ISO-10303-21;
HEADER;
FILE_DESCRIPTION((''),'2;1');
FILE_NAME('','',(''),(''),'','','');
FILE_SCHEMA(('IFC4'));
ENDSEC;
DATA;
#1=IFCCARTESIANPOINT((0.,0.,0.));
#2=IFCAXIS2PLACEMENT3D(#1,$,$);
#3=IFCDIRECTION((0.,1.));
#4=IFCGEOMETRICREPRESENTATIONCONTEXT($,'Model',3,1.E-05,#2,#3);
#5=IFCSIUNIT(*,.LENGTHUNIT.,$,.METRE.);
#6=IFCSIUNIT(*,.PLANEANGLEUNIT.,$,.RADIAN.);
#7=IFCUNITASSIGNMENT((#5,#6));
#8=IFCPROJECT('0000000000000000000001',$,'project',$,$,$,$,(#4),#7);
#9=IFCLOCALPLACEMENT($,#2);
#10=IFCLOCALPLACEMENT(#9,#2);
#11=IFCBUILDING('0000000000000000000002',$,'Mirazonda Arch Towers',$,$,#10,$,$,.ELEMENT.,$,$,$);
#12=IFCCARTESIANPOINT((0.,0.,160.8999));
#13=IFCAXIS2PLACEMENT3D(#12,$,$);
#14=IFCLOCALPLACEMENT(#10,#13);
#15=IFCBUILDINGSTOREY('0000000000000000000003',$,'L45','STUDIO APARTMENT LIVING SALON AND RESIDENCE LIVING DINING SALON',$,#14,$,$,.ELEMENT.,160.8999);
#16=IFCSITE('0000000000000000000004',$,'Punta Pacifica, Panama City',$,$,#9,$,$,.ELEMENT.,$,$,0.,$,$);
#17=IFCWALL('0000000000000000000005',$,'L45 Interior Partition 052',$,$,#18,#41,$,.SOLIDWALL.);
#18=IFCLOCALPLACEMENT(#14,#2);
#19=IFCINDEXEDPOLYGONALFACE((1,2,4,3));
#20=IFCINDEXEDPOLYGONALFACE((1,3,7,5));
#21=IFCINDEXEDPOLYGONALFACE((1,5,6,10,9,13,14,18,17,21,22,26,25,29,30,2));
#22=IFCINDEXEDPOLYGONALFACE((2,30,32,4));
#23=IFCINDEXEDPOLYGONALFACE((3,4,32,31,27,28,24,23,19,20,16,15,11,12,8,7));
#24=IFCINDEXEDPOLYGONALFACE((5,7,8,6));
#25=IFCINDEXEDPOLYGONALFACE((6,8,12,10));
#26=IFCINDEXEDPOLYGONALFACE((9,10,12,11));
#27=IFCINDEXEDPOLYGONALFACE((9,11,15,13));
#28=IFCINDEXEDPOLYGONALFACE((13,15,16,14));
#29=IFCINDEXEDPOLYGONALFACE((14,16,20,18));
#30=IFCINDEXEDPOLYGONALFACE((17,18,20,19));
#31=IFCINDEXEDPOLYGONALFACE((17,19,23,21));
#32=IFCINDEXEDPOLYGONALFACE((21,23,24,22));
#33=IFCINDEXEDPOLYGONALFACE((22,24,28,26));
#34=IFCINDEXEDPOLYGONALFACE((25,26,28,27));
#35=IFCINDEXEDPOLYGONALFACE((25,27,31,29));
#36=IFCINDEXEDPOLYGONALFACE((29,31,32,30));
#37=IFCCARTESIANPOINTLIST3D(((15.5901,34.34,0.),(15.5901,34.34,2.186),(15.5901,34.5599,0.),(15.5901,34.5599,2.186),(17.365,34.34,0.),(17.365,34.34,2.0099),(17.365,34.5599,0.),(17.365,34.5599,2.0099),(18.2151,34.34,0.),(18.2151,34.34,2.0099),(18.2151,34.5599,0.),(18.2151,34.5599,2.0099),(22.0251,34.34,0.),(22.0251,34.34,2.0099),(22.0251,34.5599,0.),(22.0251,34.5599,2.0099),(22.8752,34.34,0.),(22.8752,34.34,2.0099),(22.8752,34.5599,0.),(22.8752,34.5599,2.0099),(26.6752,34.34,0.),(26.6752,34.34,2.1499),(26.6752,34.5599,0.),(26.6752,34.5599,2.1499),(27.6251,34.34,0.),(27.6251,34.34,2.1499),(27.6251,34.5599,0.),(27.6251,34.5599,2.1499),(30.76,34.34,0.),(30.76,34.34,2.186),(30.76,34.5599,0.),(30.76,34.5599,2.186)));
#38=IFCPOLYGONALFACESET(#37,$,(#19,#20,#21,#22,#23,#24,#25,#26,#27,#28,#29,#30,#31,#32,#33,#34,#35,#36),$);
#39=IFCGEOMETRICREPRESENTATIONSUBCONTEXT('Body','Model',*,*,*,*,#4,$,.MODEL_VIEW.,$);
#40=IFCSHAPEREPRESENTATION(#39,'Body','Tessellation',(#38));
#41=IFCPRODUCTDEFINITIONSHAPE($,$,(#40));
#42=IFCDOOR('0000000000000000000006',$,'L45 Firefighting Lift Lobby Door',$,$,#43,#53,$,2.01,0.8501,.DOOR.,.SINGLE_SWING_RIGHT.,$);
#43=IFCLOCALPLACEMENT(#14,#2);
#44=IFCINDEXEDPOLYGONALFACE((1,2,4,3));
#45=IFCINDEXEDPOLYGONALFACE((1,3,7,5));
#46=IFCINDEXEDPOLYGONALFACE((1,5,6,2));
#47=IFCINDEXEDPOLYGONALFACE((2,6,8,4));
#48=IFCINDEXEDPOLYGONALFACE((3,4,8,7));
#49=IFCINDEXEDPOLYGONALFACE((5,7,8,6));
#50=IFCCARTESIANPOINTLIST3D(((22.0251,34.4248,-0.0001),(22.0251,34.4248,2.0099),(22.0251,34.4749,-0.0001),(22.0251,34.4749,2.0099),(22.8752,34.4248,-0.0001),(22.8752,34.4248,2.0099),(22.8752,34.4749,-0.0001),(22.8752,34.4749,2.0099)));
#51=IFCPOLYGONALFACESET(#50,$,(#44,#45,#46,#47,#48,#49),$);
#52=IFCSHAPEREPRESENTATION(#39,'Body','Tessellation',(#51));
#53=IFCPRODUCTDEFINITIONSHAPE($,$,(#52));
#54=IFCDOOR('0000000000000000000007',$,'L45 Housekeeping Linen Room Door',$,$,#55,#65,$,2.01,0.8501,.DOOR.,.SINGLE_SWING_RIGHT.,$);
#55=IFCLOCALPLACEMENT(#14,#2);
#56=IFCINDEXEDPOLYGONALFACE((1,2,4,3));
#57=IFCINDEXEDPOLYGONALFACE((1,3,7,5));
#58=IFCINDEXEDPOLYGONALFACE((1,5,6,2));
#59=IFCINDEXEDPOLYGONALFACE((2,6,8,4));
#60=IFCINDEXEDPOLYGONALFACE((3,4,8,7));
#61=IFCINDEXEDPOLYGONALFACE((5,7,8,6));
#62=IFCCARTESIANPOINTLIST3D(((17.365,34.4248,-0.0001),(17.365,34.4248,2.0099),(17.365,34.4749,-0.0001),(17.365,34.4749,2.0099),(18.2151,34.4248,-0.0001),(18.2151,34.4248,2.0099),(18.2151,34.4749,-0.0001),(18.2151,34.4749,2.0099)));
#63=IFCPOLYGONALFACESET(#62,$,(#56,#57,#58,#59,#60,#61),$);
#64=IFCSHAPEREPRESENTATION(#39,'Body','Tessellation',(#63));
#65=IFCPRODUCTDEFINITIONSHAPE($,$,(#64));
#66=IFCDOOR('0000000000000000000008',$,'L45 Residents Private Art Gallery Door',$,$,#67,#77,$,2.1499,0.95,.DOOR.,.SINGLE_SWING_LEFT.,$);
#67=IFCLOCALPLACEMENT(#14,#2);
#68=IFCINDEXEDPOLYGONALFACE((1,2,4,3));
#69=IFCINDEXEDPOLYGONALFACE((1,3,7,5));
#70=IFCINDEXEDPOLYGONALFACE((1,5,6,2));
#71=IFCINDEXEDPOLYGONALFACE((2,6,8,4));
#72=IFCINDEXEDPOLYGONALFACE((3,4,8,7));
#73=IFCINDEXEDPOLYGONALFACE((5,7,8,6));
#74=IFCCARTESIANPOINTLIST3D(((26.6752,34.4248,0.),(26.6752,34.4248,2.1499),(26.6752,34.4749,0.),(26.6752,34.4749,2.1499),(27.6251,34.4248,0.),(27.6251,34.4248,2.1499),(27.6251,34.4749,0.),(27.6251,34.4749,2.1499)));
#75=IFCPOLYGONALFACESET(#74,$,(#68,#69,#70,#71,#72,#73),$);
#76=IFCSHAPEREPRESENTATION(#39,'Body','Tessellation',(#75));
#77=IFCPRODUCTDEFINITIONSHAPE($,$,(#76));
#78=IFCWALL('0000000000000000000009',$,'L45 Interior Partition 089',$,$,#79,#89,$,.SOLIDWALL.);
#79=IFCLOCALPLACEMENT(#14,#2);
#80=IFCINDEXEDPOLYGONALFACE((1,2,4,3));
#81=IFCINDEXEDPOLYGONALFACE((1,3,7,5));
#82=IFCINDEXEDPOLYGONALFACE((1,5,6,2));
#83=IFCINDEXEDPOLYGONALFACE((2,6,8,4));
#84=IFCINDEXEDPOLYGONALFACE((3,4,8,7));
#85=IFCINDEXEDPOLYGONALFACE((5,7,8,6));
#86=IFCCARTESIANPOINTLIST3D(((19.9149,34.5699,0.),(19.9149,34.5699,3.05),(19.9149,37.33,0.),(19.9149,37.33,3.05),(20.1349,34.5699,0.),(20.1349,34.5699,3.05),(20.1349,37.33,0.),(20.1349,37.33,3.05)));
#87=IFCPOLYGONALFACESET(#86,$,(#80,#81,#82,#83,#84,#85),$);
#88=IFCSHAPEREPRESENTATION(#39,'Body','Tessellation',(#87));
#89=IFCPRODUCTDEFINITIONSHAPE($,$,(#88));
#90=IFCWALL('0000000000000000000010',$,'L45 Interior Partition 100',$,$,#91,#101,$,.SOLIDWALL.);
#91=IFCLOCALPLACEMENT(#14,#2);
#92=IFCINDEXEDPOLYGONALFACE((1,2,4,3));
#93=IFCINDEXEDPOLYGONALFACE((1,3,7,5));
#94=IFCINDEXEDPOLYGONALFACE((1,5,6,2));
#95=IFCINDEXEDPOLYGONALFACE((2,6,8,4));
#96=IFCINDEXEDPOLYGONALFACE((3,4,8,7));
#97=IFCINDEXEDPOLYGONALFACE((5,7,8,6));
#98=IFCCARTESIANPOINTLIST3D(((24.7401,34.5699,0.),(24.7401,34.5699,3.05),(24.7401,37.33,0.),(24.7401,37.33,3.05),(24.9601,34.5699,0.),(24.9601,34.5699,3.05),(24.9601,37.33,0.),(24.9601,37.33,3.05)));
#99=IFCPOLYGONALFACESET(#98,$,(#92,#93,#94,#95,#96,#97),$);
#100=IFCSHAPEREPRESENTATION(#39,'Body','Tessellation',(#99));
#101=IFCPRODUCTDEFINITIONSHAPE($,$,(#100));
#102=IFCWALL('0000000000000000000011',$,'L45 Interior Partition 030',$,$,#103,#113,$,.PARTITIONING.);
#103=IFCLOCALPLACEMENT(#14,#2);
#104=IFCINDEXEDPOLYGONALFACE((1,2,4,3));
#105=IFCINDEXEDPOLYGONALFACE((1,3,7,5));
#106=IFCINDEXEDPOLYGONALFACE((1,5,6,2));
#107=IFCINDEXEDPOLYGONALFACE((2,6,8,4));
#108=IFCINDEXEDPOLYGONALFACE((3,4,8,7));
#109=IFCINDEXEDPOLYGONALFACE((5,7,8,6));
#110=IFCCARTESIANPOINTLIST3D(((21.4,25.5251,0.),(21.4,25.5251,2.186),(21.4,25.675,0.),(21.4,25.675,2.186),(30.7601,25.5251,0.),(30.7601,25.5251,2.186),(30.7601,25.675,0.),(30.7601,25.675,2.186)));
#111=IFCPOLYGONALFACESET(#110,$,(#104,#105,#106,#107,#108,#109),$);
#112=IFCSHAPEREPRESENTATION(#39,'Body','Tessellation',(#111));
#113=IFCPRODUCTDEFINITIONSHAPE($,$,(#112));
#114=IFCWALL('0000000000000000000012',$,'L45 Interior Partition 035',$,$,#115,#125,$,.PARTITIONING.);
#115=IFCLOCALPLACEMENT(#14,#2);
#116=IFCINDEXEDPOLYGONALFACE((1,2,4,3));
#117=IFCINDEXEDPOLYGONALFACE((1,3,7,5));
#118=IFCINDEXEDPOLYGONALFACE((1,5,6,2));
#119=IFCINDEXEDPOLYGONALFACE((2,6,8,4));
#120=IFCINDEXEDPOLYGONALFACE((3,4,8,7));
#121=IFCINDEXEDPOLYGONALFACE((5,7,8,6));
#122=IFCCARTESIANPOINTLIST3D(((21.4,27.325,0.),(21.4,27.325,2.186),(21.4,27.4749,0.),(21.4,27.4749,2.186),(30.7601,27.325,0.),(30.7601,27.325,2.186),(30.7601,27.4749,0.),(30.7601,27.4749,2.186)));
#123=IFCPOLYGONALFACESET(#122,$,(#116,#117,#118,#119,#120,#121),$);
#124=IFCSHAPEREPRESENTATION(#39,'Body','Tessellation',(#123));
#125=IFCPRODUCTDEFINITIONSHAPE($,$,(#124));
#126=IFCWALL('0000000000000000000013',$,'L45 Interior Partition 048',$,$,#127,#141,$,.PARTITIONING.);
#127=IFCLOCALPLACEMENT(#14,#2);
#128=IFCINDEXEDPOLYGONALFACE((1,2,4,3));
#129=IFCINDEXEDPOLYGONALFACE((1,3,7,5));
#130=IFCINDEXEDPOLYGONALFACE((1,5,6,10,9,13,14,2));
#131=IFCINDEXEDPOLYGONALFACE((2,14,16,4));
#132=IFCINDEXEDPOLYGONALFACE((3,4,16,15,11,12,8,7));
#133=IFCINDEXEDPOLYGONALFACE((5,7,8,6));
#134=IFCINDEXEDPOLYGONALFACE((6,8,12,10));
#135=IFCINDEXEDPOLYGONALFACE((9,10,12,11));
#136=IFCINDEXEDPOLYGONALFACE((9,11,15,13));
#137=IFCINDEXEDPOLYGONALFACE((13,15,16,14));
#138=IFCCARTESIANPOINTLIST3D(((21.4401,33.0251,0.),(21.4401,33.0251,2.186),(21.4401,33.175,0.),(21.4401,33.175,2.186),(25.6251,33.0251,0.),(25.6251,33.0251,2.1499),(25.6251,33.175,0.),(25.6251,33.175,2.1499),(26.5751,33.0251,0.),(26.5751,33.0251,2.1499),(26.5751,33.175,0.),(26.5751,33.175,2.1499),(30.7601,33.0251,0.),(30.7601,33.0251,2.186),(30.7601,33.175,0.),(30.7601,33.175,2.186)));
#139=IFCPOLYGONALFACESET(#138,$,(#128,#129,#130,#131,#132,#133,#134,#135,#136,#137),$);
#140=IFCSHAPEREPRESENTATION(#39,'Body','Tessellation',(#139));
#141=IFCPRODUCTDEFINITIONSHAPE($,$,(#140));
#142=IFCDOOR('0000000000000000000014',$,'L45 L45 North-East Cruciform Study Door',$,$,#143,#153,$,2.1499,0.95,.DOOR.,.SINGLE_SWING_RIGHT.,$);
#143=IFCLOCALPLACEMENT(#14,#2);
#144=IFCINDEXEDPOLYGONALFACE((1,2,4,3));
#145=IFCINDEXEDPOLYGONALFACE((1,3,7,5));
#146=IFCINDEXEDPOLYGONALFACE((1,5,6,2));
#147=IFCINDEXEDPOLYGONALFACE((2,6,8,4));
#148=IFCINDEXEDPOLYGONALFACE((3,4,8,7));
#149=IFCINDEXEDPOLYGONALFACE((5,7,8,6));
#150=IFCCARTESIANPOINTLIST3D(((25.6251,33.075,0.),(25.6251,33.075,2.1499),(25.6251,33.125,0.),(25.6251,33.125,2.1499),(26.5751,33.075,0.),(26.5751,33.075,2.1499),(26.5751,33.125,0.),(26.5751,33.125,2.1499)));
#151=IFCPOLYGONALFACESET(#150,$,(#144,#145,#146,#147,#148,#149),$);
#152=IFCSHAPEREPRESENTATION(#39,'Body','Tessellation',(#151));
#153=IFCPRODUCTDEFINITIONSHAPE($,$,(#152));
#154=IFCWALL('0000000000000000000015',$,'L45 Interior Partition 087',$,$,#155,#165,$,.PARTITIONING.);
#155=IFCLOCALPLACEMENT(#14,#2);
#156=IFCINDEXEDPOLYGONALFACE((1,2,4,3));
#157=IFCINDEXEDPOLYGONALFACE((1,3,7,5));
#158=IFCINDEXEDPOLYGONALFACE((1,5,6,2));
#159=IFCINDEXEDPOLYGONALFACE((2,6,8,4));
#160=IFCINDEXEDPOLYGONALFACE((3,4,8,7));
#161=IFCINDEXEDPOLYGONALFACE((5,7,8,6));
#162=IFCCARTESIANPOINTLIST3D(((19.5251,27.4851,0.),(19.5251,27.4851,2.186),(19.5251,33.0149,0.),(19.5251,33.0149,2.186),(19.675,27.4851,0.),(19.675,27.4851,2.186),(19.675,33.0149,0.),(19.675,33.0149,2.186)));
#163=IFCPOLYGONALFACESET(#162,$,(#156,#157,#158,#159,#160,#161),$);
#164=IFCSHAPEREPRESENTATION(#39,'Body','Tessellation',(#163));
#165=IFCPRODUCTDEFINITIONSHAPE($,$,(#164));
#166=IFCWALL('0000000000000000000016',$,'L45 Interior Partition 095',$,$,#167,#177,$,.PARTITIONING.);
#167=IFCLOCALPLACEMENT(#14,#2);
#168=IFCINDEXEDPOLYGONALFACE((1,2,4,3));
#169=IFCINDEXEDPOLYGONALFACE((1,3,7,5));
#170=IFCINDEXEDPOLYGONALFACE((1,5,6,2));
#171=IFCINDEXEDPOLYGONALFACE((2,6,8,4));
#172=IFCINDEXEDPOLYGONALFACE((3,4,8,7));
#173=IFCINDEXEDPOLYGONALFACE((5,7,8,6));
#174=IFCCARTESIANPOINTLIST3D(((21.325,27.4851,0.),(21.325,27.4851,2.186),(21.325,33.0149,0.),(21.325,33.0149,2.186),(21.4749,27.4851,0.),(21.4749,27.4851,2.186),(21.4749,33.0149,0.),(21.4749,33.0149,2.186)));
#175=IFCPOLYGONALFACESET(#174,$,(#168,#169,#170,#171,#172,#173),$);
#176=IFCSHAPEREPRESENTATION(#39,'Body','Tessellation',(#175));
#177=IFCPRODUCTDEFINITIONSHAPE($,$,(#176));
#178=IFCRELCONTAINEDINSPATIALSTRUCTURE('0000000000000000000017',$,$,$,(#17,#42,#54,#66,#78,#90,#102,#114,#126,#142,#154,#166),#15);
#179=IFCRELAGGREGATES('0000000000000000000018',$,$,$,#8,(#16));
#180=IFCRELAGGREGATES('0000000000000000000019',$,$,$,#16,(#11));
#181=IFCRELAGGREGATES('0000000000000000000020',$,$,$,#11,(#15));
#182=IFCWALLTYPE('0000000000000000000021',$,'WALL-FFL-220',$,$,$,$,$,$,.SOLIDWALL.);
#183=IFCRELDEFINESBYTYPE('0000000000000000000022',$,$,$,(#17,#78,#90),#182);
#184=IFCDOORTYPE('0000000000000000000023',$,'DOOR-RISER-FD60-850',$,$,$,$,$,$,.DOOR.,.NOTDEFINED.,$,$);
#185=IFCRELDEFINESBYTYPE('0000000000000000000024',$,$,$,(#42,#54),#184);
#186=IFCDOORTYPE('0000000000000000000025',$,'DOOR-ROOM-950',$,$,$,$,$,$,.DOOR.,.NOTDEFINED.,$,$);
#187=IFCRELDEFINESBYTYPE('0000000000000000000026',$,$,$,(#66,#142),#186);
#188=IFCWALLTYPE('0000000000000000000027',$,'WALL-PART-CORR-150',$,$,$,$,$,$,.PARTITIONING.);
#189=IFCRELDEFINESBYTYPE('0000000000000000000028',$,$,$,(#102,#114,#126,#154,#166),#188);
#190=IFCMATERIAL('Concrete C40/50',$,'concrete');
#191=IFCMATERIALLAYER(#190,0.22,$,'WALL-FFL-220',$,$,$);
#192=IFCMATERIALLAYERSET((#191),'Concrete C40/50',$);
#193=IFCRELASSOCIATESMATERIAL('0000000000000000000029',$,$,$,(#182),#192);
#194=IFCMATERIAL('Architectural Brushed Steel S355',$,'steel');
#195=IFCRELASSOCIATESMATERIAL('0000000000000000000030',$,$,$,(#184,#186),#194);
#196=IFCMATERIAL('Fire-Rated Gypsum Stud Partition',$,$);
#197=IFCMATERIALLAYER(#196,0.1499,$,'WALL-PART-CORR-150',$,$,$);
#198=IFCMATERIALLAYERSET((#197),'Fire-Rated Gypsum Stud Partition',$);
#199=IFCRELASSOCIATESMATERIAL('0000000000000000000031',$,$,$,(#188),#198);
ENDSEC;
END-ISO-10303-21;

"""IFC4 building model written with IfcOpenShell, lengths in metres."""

from ifc_helpers import new_model, si_unit, direction, frame, frame_2d, origin, place, context, subcontext, project, spatial, rectangle, extrude, material, layer, layer_set, type_object, element, fill, save


model = new_model("IFC4")

# Units and contexts
model_context = context("Model", 3, precision=1e-05, world=origin(), true_north=direction((0.0, 1.0)))
body_context = subcontext(model_context, "Body", "Model", "MODEL_VIEW")
ifc_project = project(units=[si_unit("LENGTHUNIT", "METRE"), si_unit("PLANEANGLEUNIT", "RADIAN")], contexts=[model_context])

# Site, building, storey
site_placement = place(None, origin())
site = spatial("IfcSite", under=ifc_project, at=site_placement, Name="Punta Pacifica, Panama City", CompositionType="ELEMENT", RefElevation=0.0)
building_placement = place(site_placement, origin())
building = spatial("IfcBuilding", under=site, at=building_placement, Name="Mirazonda Arch Towers", CompositionType="ELEMENT")
storey_placement = place(building_placement, frame((0.0, 0.0, 160.8999)))
storey = spatial("IfcBuildingStorey", under=building, at=storey_placement, Name="L45", Description="STUDIO APARTMENT LIVING SALON AND RESIDENCE LIVING DINING SALON", CompositionType="ELEMENT", Elevation=160.8999)

# Wall, openings, doors
ifc_material_1 = material(Name="Concrete C40/50", Category="concrete")
ifc_layer_1 = layer(ifc_material_1, 0.22, Name="WALL-FFL-220")
ifc_layer_set_1 = layer_set([ifc_layer_1], Name="Concrete C40/50")
wall_type_1 = type_object("IfcWallType", Name="WALL-FFL-220", PredefinedType="SOLIDWALL", material=ifc_layer_set_1)
wall_1_placement = place(storey_placement, frame((15.5901, 34.45, 0.0), z_axis=(0.0, 0.0, 1.0), x_axis=(1.0, 0.0, 0.0)))
wall_1 = element("IfcWall", 1, at=wall_1_placement, inside=storey, type_object=wall_type_1, Name="L45 Interior Partition 052", PredefinedType="SOLIDWALL", context=body_context, shape_type="SweptSolid", body=[
    extrude(rectangle(XDim=15.1699, YDim=0.22, at=frame_2d((7.585, 0.0))), origin(), (0.0, 0.0, 1.0), 2.186),
])
opening_1_placement = place(wall_1_placement, frame((6.4351, 0.0, 0.0)))
opening_1 = element("IfcOpeningElement", 2, at=opening_1_placement, cuts=wall_1, PredefinedType="OPENING", context=body_context, shape_type="SweptSolid", body=[
    extrude(rectangle(XDim=0.8501, YDim=2.01, at=frame_2d((0.425, 1.0049))), frame((0.0, 0.1199, 0.0), z_axis=(0.0, -1.0, 0.0), x_axis=(1.0, 0.0, 0.0)), (0.0, 0.0, 1.0), 0.24),
])
opening_2_placement = place(wall_1_placement, frame((11.085, 0.0, 0.0)))
opening_2 = element("IfcOpeningElement", 3, at=opening_2_placement, cuts=wall_1, PredefinedType="OPENING", context=body_context, shape_type="SweptSolid", body=[
    extrude(rectangle(XDim=0.95, YDim=2.1499, at=frame_2d((0.4751, 1.075))), frame((0.0, 0.1199, 0.0), z_axis=(0.0, -1.0, 0.0), x_axis=(1.0, 0.0, 0.0)), (0.0, 0.0, 1.0), 0.24),
])
opening_3_placement = place(wall_1_placement, frame((1.7749, 0.0, 0.0)))
opening_3 = element("IfcOpeningElement", 4, at=opening_3_placement, cuts=wall_1, PredefinedType="OPENING", context=body_context, shape_type="SweptSolid", body=[
    extrude(rectangle(XDim=0.8501, YDim=2.01, at=frame_2d((0.425, 1.0049))), frame((0.0, 0.1199, 0.0), z_axis=(0.0, -1.0, 0.0), x_axis=(1.0, 0.0, 0.0)), (0.0, 0.0, 1.0), 0.24),
])
ifc_material_2 = material(Name="Architectural Brushed Steel S355", Category="steel")
door_type_1 = type_object("IfcDoorType", Name="DOOR-RISER-FD60-850", OperationType="NOTDEFINED", PredefinedType="DOOR", material=ifc_material_2)
door_1_placement = place(opening_1_placement, origin())
door_1 = element("IfcDoor", 5, at=door_1_placement, inside=storey, type_object=door_type_1, Name="L45 Firefighting Lift Lobby Door", OperationType="SINGLE_SWING_RIGHT", OverallHeight=2.01, OverallWidth=0.8501, PredefinedType="DOOR", context=body_context, shape_type="SweptSolid", body=[
    extrude(rectangle(XDim=0.8501, YDim=2.01, at=frame_2d((0.425, 1.0049))), frame((0.0, 0.0249, 0.0), z_axis=(0.0, -1.0, 0.0), x_axis=(1.0, 0.0, 0.0)), (0.0, 0.0, 1.0), 0.05),
])
fill(opening_1, door_1)
door_2_placement = place(opening_3_placement, origin())
door_2 = element("IfcDoor", 6, at=door_2_placement, inside=storey, type_object=door_type_1, Name="L45 Housekeeping Linen Room Door", OperationType="SINGLE_SWING_RIGHT", OverallHeight=2.01, OverallWidth=0.8501, PredefinedType="DOOR", context=body_context, shape_type="SweptSolid", body=[
    extrude(rectangle(XDim=0.8501, YDim=2.01, at=frame_2d((0.425, 1.0049))), frame((0.0, 0.0249, 0.0), z_axis=(0.0, -1.0, 0.0), x_axis=(1.0, 0.0, 0.0)), (0.0, 0.0, 1.0), 0.05),
])
fill(opening_3, door_2)
door_type_2 = type_object("IfcDoorType", Name="DOOR-ROOM-950", OperationType="NOTDEFINED", PredefinedType="DOOR", material=ifc_material_2)
door_3_placement = place(opening_2_placement, origin())
door_3 = element("IfcDoor", 7, at=door_3_placement, inside=storey, type_object=door_type_2, Name="L45 Residents Private Art Gallery Door", OperationType="SINGLE_SWING_LEFT", OverallHeight=2.1499, OverallWidth=0.95, PredefinedType="DOOR", context=body_context, shape_type="SweptSolid", body=[
    extrude(rectangle(XDim=0.95, YDim=2.1499, at=frame_2d((0.4751, 1.075))), frame((0.0, 0.0249, 0.0), z_axis=(0.0, -1.0, 0.0), x_axis=(1.0, 0.0, 0.0)), (0.0, 0.0, 1.0), 0.05),
])
fill(opening_2, door_3)

# Walls
for number, where, z_axis, x_axis, name in (
    (8, (20.0249, 34.5701, 0.0), (0.0, 0.0, 1.0), (0.0, 1.0, 0.0), "L45 Interior Partition 089"),
    (9, (24.8501, 34.5701, 0.0), (0.0, 0.0, 1.0), (0.0, 1.0, 0.0), "L45 Interior Partition 100"),
):
    element("IfcWall", number, at=place(storey_placement, frame(where, z_axis=z_axis, x_axis=x_axis)), inside=storey, type_object=wall_type_1, Name=name, PredefinedType="SOLIDWALL", context=body_context, shape_type="SweptSolid", body=[
        extrude(rectangle(XDim=2.76, YDim=0.22, at=frame_2d((1.3799, 0.0))), origin(), (0.0, 0.0, 1.0), 3.05),
    ])
ifc_material_3 = material(Name="Fire-Rated Gypsum Stud Partition")
ifc_layer_2 = layer(ifc_material_3, 0.1499, Name="WALL-PART-CORR-150")
ifc_layer_set_2 = layer_set([ifc_layer_2], Name="Fire-Rated Gypsum Stud Partition")
wall_type_2 = type_object("IfcWallType", Name="WALL-PART-CORR-150", PredefinedType="PARTITIONING", material=ifc_layer_set_2)
for number, where, z_axis, x_axis, name in (
    (10, (21.3999, 25.6001, 0.0), (0.0, 0.0, 1.0), (1.0, 0.0, 0.0), "L45 Interior Partition 030"),
    (11, (21.3999, 27.3999, 0.0), (0.0, 0.0, 1.0), (1.0, 0.0, 0.0), "L45 Interior Partition 035"),
):
    element("IfcWall", number, at=place(storey_placement, frame(where, z_axis=z_axis, x_axis=x_axis)), inside=storey, type_object=wall_type_2, Name=name, PredefinedType="PARTITIONING", context=body_context, shape_type="SweptSolid", body=[
        extrude(rectangle(XDim=9.3601, YDim=0.1499, at=frame_2d((4.6802, 0.0))), origin(), (0.0, 0.0, 1.0), 2.186),
    ])

# Wall, opening, door
wall_2_placement = place(storey_placement, frame((21.4399, 33.1001, 0.0), z_axis=(0.0, 0.0, 1.0), x_axis=(1.0, 0.0, 0.0)))
wall_2 = element("IfcWall", 12, at=wall_2_placement, inside=storey, type_object=wall_type_2, Name="L45 Interior Partition 048", PredefinedType="PARTITIONING", context=body_context, shape_type="SweptSolid", body=[
    extrude(rectangle(XDim=9.3201, YDim=0.1499, at=frame_2d((4.6602, 0.0))), origin(), (0.0, 0.0, 1.0), 2.186),
])
opening_4_placement = place(wall_2_placement, frame((4.1851, 0.0, 0.0)))
opening_4 = element("IfcOpeningElement", 13, at=opening_4_placement, cuts=wall_2, PredefinedType="OPENING", context=body_context, shape_type="SweptSolid", body=[
    extrude(rectangle(XDim=0.95, YDim=2.1499, at=frame_2d((0.4751, 1.075))), frame((0.0, 0.085, 0.0), z_axis=(0.0, -1.0, 0.0), x_axis=(1.0, 0.0, 0.0)), (0.0, 0.0, 1.0), 0.1699),
])
door_4_placement = place(opening_4_placement, origin())
door_4 = element("IfcDoor", 14, at=door_4_placement, inside=storey, type_object=door_type_2, Name="L45 L45 North-East Cruciform Study Door", OperationType="SINGLE_SWING_RIGHT", OverallHeight=2.1499, OverallWidth=0.95, PredefinedType="DOOR", context=body_context, shape_type="SweptSolid", body=[
    extrude(rectangle(XDim=0.95, YDim=2.1499, at=frame_2d((0.4751, 1.075))), frame((0.0, 0.0249, 0.0), z_axis=(0.0, -1.0, 0.0), x_axis=(1.0, 0.0, 0.0)), (0.0, 0.0, 1.0), 0.05),
])
fill(opening_4, door_4)

# Walls
for number, where, z_axis, x_axis, name in (
    (15, (19.6001, 27.4851, 0.0), (0.0, 0.0, 1.0), (0.0, 1.0, 0.0), "L45 Interior Partition 087"),
    (16, (21.3999, 27.4851, 0.0), (0.0, 0.0, 1.0), (0.0, 1.0, 0.0), "L45 Interior Partition 095"),
):
    element("IfcWall", number, at=place(storey_placement, frame(where, z_axis=z_axis, x_axis=x_axis)), inside=storey, type_object=wall_type_2, Name=name, PredefinedType="PARTITIONING", context=body_context, shape_type="SweptSolid", body=[
        extrude(rectangle(XDim=5.5298, YDim=0.1499, at=frame_2d((2.7649, 0.0))), origin(), (0.0, 0.0, 1.0), 2.186),
    ])

save(model, "model.ifc")
